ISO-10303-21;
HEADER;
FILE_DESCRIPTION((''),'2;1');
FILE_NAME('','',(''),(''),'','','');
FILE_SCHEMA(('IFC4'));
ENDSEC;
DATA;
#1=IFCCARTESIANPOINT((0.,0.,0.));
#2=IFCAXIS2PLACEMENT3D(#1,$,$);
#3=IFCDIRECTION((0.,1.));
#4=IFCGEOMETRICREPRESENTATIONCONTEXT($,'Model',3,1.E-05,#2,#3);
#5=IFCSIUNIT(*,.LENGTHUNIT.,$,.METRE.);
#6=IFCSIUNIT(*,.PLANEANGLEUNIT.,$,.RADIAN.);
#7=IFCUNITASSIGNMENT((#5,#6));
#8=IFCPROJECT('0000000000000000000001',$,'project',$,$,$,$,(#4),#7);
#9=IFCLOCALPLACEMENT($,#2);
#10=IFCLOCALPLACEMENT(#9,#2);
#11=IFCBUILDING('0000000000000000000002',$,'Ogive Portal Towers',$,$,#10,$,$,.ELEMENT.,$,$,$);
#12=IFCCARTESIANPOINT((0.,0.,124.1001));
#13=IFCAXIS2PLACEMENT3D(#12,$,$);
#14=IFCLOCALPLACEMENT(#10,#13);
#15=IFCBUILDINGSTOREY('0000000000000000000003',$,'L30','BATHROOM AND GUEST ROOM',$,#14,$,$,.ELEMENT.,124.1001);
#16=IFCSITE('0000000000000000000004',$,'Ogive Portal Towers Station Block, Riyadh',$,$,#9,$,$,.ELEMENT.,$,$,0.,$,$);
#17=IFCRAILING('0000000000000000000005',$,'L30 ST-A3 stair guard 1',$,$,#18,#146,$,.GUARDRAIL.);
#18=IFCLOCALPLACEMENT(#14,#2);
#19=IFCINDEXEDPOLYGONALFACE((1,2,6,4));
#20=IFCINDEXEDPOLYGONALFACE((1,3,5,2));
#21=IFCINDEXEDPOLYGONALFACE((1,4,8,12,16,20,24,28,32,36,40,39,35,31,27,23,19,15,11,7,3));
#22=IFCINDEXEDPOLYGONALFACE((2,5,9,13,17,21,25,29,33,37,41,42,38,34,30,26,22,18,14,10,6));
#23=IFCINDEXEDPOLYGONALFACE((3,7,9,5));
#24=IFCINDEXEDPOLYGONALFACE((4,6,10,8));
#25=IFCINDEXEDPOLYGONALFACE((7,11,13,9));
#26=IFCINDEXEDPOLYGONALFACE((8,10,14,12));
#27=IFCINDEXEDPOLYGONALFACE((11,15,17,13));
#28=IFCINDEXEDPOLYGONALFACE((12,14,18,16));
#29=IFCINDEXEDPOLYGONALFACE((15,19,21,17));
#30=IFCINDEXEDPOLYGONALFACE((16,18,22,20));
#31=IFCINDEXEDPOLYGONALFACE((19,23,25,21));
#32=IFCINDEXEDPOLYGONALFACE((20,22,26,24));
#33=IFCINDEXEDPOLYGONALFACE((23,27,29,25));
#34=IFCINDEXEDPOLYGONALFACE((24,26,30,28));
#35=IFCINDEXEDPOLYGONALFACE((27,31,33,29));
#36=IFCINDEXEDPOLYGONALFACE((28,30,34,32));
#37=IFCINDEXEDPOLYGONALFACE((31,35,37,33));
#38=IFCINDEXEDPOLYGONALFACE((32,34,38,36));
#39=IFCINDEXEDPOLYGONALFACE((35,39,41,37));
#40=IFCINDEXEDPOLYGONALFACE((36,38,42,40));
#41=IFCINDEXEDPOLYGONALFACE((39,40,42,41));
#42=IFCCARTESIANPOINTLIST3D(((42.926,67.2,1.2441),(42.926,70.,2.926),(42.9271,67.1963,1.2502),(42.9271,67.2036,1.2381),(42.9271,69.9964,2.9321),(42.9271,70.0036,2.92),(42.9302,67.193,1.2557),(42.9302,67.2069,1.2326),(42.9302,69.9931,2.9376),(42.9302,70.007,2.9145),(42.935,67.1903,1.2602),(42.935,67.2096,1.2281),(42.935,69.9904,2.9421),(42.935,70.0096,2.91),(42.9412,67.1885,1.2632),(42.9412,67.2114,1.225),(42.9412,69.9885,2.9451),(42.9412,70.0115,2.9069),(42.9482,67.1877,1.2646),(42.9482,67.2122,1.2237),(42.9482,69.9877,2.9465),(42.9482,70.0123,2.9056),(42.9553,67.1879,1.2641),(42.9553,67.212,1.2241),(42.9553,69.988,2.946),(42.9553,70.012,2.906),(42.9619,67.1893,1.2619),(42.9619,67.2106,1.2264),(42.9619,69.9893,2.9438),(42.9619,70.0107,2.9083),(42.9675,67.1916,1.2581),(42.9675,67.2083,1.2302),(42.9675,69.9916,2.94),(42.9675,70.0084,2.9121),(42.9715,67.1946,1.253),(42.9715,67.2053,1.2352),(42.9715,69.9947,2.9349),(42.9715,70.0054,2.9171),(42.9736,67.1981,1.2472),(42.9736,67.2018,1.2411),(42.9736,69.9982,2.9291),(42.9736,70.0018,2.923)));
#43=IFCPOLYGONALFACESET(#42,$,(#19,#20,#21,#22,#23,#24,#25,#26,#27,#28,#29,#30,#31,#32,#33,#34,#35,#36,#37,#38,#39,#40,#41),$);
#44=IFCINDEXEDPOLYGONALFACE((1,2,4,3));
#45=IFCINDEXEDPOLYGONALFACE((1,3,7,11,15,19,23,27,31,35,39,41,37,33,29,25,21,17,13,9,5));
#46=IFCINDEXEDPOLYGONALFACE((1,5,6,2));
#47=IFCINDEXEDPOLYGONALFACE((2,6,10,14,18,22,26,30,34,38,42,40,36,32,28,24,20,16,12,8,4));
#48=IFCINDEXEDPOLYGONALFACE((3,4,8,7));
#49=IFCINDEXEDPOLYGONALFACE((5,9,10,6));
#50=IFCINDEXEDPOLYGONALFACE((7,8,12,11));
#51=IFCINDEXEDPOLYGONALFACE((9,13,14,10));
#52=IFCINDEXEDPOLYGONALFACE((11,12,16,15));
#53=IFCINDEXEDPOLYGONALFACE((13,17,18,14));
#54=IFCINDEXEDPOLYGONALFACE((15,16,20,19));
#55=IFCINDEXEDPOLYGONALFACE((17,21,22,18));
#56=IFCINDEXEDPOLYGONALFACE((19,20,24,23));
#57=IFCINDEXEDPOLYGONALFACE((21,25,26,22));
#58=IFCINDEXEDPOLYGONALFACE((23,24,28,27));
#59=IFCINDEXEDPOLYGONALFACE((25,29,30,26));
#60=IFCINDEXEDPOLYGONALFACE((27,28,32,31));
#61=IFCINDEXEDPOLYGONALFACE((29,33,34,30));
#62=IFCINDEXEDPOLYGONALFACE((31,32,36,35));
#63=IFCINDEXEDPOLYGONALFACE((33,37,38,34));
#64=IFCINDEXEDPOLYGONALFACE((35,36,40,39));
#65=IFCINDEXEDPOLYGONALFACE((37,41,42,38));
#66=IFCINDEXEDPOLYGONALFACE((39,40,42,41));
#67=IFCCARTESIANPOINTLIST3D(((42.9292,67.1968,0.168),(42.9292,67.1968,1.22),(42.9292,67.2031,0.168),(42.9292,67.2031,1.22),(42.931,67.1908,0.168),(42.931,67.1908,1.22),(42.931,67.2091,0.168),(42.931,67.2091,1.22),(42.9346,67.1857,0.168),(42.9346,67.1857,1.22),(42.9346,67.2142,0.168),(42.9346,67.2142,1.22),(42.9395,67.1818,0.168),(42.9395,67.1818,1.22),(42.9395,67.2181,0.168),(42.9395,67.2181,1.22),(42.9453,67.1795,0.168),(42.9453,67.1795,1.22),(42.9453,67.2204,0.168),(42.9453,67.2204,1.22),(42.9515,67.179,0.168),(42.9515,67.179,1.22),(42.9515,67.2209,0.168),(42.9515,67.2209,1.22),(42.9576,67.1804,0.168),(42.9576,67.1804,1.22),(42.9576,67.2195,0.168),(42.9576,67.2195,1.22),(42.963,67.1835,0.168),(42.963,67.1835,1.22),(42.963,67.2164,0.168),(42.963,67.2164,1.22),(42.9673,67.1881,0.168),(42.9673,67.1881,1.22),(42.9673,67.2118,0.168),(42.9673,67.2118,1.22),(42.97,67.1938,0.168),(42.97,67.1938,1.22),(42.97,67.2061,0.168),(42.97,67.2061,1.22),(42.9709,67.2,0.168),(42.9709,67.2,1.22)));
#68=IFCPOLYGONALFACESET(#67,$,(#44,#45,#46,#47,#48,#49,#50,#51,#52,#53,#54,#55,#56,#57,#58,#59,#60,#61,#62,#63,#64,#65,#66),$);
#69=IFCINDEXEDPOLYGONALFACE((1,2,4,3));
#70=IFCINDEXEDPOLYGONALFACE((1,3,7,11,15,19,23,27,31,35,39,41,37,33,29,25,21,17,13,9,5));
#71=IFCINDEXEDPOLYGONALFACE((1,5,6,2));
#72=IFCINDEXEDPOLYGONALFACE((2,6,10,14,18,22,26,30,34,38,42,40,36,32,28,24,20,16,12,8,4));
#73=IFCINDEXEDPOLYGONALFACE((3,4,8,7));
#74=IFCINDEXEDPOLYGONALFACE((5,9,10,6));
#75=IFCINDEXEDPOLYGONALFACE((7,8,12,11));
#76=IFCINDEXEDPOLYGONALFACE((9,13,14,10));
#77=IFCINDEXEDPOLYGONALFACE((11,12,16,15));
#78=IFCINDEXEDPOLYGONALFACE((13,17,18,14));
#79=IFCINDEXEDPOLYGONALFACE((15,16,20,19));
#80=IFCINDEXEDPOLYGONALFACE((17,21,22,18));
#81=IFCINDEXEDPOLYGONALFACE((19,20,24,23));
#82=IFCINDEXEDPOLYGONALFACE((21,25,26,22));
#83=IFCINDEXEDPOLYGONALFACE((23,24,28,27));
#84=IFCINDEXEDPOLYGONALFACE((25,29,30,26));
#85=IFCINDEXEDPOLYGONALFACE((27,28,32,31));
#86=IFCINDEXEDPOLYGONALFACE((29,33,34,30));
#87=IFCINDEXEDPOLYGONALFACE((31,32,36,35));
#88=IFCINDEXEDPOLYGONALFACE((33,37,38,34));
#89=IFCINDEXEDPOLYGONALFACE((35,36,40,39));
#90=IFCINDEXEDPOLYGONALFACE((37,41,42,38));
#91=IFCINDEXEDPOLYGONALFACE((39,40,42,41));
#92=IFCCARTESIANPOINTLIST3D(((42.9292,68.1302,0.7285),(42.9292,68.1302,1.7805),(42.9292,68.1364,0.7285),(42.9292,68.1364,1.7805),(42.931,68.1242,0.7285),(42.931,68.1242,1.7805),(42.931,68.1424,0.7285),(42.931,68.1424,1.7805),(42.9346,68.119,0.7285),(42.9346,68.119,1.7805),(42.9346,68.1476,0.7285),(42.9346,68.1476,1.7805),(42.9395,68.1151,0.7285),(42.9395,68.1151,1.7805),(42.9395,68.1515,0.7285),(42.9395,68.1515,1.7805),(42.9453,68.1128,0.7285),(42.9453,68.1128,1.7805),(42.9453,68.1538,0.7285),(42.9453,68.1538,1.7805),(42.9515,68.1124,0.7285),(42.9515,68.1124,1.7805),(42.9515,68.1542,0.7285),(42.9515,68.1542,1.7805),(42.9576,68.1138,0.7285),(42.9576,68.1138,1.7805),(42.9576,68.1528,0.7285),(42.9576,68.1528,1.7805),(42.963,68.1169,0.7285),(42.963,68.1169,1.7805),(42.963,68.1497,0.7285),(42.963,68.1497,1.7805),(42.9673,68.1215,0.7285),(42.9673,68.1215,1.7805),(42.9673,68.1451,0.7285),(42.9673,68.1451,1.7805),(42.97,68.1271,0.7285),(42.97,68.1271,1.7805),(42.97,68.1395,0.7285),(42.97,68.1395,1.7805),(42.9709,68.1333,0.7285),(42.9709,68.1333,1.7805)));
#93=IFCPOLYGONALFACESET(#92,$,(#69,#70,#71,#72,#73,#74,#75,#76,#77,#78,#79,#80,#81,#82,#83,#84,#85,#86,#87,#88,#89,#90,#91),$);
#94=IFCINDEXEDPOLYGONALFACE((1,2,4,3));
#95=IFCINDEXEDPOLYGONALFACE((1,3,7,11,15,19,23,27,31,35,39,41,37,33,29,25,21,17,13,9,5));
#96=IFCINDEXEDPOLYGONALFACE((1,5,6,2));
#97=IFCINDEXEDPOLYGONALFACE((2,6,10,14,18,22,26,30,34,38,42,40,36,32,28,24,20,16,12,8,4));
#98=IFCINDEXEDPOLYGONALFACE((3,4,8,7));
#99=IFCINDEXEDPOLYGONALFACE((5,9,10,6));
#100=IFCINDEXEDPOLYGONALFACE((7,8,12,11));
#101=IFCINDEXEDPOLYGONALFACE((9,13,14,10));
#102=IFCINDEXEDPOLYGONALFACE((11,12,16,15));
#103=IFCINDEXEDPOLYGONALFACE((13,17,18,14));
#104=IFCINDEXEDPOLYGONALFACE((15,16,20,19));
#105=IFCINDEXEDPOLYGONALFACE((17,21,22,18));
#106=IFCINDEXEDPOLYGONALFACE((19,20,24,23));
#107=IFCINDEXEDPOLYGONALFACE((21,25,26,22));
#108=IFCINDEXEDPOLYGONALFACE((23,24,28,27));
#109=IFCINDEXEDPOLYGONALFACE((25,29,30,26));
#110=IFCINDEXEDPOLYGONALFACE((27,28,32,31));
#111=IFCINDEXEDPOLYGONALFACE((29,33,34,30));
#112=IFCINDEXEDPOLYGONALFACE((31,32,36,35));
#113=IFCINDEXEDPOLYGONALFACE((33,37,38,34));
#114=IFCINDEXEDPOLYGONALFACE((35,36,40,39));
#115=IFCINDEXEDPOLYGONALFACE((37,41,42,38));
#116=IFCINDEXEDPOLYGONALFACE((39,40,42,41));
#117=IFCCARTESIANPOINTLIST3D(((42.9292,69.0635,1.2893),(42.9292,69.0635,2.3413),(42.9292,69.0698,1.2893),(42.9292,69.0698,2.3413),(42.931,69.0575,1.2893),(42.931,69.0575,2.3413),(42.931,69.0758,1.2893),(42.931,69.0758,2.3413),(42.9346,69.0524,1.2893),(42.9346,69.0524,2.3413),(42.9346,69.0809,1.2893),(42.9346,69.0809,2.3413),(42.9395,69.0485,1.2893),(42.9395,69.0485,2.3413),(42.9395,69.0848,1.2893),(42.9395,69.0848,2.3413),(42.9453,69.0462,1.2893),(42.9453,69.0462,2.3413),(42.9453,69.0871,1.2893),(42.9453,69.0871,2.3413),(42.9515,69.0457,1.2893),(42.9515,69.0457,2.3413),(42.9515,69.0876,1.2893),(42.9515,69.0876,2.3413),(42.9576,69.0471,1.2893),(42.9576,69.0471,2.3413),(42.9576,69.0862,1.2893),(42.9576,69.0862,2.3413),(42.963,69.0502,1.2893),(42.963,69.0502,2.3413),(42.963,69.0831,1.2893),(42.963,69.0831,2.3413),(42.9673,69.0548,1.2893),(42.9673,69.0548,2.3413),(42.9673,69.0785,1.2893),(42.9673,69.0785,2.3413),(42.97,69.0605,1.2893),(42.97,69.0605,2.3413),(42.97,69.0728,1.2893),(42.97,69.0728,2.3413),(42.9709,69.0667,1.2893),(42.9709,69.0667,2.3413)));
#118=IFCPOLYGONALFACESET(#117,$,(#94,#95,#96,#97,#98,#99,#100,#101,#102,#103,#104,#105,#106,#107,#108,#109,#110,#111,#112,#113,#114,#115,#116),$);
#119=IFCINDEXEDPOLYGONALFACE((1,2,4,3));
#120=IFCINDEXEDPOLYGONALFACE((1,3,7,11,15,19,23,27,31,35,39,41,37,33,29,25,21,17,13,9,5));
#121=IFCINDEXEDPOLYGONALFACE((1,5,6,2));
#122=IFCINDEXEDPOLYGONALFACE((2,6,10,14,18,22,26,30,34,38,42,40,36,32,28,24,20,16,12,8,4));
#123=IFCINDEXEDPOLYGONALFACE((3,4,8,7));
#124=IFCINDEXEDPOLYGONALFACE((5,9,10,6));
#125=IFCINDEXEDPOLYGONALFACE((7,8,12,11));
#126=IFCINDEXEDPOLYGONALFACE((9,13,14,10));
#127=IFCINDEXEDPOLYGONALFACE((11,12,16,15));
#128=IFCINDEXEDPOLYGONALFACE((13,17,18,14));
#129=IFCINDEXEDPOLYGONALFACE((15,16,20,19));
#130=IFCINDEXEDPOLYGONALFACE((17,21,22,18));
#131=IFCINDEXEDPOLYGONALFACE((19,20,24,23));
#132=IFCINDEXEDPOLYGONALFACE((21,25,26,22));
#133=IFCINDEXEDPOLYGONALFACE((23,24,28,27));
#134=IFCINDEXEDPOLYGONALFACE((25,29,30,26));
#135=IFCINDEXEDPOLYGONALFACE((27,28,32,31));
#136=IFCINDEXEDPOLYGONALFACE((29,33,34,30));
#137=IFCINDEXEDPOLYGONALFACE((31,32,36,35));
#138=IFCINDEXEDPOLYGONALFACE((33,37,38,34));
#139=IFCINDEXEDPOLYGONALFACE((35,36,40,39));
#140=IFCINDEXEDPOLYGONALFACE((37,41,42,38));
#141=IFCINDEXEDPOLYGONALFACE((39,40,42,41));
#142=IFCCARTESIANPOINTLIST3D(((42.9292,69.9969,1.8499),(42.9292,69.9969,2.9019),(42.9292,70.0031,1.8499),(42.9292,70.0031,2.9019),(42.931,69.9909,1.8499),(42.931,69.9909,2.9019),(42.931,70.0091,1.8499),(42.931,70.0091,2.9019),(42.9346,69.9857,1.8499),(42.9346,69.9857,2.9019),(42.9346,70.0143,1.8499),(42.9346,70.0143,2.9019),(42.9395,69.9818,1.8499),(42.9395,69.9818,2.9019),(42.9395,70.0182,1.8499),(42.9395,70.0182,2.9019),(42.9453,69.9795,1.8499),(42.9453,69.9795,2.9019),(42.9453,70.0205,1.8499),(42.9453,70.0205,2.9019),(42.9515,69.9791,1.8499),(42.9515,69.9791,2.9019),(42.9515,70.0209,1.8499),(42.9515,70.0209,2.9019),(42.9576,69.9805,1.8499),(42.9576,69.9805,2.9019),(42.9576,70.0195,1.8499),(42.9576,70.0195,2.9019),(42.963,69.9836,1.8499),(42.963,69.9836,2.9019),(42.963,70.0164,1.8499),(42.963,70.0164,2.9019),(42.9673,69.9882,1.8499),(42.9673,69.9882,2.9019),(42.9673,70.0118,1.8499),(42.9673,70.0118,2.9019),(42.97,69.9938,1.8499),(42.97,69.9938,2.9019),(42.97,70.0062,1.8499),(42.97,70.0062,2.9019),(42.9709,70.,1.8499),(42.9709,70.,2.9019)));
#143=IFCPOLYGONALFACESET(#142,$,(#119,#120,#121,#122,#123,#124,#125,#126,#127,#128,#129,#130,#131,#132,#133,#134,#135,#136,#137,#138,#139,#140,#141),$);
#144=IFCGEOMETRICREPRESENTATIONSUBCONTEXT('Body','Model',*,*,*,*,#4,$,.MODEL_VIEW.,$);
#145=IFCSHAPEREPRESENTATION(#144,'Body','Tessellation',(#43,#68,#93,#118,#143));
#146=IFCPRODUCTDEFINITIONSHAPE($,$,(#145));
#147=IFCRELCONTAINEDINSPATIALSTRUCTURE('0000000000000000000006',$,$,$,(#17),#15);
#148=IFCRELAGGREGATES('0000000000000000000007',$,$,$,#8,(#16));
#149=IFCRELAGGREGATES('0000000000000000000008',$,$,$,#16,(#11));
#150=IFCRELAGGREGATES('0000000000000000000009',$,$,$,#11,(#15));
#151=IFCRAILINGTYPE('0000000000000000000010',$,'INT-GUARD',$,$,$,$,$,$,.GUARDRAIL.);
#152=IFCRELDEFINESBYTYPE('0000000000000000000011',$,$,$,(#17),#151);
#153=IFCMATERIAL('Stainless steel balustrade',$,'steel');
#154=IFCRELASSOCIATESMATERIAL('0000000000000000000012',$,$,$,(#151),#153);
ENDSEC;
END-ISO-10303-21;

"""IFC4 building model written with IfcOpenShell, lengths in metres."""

from ifc_helpers import new_model, si_unit, direction, frame, origin, origin_2d, place, context, subcontext, project, spatial, circle, extrude, material, type_object, element, save


model = new_model("IFC4")

# Units and contexts
model_context = context("Model", 3, precision=1e-05, world=origin(), true_north=direction((0.0, 1.0)))
body_context = subcontext(model_context, "Body", "Model", "MODEL_VIEW")
ifc_project = project(units=[si_unit("LENGTHUNIT", "METRE"), si_unit("PLANEANGLEUNIT", "RADIAN")], contexts=[model_context])

# Site, building, storey
site_placement = place(None, origin())
site = spatial("IfcSite", under=ifc_project, at=site_placement, Name="Ogive Portal Towers Station Block, Riyadh", CompositionType="ELEMENT", RefElevation=0.0)
building_placement = place(site_placement, origin())
building = spatial("IfcBuilding", under=site, at=building_placement, Name="Ogive Portal Towers", CompositionType="ELEMENT")
storey_placement = place(building_placement, frame((0.0, 0.0, 124.1001)))
storey = spatial("IfcBuildingStorey", under=building, at=storey_placement, Name="L30", Description="BATHROOM AND GUEST ROOM", CompositionType="ELEMENT", Elevation=124.1001)

# Railing
ifc_material_1 = material(Name="Stainless steel balustrade", Category="steel")
railing_type_1 = type_object("IfcRailingType", Name="INT-GUARD", PredefinedType="GUARDRAIL", material=ifc_material_1)
railing_1_placement = place(storey_placement, frame((42.95, 67.2, 0.168)))
element("IfcRailing", 1, at=railing_1_placement, inside=storey, type_object=railing_type_1, Name="L30 ST-A3 stair guard 1", PredefinedType="GUARDRAIL", context=body_context, shape_type="SweptSolid", body=[
    extrude(circle(Radius=0.0239, at=origin_2d()), frame((0.0, 0.0, 1.0762), z_axis=(0.0, 0.857242, 0.514913), x_axis=(-1.0, 0.0, 0.0)), (0.0, 0.0, 1.0), 3.2664),
    extrude(circle(Radius=0.021, at=origin_2d()), origin(), (0.0, 0.0, 1.0), 1.052),
    extrude(circle(Radius=0.021, at=origin_2d()), frame((0.0, 0.9333, 0.5605)), (0.0, 0.0, 1.0), 1.052),
    extrude(circle(Radius=0.021, at=origin_2d()), frame((0.0, 1.8667, 1.1213)), (0.0, 0.0, 1.0), 1.052),
    extrude(circle(Radius=0.021, at=origin_2d()), frame((0.0, 2.8, 1.6819)), (0.0, 0.0, 1.0), 1.052),
])

save(model, "model.ifc")
